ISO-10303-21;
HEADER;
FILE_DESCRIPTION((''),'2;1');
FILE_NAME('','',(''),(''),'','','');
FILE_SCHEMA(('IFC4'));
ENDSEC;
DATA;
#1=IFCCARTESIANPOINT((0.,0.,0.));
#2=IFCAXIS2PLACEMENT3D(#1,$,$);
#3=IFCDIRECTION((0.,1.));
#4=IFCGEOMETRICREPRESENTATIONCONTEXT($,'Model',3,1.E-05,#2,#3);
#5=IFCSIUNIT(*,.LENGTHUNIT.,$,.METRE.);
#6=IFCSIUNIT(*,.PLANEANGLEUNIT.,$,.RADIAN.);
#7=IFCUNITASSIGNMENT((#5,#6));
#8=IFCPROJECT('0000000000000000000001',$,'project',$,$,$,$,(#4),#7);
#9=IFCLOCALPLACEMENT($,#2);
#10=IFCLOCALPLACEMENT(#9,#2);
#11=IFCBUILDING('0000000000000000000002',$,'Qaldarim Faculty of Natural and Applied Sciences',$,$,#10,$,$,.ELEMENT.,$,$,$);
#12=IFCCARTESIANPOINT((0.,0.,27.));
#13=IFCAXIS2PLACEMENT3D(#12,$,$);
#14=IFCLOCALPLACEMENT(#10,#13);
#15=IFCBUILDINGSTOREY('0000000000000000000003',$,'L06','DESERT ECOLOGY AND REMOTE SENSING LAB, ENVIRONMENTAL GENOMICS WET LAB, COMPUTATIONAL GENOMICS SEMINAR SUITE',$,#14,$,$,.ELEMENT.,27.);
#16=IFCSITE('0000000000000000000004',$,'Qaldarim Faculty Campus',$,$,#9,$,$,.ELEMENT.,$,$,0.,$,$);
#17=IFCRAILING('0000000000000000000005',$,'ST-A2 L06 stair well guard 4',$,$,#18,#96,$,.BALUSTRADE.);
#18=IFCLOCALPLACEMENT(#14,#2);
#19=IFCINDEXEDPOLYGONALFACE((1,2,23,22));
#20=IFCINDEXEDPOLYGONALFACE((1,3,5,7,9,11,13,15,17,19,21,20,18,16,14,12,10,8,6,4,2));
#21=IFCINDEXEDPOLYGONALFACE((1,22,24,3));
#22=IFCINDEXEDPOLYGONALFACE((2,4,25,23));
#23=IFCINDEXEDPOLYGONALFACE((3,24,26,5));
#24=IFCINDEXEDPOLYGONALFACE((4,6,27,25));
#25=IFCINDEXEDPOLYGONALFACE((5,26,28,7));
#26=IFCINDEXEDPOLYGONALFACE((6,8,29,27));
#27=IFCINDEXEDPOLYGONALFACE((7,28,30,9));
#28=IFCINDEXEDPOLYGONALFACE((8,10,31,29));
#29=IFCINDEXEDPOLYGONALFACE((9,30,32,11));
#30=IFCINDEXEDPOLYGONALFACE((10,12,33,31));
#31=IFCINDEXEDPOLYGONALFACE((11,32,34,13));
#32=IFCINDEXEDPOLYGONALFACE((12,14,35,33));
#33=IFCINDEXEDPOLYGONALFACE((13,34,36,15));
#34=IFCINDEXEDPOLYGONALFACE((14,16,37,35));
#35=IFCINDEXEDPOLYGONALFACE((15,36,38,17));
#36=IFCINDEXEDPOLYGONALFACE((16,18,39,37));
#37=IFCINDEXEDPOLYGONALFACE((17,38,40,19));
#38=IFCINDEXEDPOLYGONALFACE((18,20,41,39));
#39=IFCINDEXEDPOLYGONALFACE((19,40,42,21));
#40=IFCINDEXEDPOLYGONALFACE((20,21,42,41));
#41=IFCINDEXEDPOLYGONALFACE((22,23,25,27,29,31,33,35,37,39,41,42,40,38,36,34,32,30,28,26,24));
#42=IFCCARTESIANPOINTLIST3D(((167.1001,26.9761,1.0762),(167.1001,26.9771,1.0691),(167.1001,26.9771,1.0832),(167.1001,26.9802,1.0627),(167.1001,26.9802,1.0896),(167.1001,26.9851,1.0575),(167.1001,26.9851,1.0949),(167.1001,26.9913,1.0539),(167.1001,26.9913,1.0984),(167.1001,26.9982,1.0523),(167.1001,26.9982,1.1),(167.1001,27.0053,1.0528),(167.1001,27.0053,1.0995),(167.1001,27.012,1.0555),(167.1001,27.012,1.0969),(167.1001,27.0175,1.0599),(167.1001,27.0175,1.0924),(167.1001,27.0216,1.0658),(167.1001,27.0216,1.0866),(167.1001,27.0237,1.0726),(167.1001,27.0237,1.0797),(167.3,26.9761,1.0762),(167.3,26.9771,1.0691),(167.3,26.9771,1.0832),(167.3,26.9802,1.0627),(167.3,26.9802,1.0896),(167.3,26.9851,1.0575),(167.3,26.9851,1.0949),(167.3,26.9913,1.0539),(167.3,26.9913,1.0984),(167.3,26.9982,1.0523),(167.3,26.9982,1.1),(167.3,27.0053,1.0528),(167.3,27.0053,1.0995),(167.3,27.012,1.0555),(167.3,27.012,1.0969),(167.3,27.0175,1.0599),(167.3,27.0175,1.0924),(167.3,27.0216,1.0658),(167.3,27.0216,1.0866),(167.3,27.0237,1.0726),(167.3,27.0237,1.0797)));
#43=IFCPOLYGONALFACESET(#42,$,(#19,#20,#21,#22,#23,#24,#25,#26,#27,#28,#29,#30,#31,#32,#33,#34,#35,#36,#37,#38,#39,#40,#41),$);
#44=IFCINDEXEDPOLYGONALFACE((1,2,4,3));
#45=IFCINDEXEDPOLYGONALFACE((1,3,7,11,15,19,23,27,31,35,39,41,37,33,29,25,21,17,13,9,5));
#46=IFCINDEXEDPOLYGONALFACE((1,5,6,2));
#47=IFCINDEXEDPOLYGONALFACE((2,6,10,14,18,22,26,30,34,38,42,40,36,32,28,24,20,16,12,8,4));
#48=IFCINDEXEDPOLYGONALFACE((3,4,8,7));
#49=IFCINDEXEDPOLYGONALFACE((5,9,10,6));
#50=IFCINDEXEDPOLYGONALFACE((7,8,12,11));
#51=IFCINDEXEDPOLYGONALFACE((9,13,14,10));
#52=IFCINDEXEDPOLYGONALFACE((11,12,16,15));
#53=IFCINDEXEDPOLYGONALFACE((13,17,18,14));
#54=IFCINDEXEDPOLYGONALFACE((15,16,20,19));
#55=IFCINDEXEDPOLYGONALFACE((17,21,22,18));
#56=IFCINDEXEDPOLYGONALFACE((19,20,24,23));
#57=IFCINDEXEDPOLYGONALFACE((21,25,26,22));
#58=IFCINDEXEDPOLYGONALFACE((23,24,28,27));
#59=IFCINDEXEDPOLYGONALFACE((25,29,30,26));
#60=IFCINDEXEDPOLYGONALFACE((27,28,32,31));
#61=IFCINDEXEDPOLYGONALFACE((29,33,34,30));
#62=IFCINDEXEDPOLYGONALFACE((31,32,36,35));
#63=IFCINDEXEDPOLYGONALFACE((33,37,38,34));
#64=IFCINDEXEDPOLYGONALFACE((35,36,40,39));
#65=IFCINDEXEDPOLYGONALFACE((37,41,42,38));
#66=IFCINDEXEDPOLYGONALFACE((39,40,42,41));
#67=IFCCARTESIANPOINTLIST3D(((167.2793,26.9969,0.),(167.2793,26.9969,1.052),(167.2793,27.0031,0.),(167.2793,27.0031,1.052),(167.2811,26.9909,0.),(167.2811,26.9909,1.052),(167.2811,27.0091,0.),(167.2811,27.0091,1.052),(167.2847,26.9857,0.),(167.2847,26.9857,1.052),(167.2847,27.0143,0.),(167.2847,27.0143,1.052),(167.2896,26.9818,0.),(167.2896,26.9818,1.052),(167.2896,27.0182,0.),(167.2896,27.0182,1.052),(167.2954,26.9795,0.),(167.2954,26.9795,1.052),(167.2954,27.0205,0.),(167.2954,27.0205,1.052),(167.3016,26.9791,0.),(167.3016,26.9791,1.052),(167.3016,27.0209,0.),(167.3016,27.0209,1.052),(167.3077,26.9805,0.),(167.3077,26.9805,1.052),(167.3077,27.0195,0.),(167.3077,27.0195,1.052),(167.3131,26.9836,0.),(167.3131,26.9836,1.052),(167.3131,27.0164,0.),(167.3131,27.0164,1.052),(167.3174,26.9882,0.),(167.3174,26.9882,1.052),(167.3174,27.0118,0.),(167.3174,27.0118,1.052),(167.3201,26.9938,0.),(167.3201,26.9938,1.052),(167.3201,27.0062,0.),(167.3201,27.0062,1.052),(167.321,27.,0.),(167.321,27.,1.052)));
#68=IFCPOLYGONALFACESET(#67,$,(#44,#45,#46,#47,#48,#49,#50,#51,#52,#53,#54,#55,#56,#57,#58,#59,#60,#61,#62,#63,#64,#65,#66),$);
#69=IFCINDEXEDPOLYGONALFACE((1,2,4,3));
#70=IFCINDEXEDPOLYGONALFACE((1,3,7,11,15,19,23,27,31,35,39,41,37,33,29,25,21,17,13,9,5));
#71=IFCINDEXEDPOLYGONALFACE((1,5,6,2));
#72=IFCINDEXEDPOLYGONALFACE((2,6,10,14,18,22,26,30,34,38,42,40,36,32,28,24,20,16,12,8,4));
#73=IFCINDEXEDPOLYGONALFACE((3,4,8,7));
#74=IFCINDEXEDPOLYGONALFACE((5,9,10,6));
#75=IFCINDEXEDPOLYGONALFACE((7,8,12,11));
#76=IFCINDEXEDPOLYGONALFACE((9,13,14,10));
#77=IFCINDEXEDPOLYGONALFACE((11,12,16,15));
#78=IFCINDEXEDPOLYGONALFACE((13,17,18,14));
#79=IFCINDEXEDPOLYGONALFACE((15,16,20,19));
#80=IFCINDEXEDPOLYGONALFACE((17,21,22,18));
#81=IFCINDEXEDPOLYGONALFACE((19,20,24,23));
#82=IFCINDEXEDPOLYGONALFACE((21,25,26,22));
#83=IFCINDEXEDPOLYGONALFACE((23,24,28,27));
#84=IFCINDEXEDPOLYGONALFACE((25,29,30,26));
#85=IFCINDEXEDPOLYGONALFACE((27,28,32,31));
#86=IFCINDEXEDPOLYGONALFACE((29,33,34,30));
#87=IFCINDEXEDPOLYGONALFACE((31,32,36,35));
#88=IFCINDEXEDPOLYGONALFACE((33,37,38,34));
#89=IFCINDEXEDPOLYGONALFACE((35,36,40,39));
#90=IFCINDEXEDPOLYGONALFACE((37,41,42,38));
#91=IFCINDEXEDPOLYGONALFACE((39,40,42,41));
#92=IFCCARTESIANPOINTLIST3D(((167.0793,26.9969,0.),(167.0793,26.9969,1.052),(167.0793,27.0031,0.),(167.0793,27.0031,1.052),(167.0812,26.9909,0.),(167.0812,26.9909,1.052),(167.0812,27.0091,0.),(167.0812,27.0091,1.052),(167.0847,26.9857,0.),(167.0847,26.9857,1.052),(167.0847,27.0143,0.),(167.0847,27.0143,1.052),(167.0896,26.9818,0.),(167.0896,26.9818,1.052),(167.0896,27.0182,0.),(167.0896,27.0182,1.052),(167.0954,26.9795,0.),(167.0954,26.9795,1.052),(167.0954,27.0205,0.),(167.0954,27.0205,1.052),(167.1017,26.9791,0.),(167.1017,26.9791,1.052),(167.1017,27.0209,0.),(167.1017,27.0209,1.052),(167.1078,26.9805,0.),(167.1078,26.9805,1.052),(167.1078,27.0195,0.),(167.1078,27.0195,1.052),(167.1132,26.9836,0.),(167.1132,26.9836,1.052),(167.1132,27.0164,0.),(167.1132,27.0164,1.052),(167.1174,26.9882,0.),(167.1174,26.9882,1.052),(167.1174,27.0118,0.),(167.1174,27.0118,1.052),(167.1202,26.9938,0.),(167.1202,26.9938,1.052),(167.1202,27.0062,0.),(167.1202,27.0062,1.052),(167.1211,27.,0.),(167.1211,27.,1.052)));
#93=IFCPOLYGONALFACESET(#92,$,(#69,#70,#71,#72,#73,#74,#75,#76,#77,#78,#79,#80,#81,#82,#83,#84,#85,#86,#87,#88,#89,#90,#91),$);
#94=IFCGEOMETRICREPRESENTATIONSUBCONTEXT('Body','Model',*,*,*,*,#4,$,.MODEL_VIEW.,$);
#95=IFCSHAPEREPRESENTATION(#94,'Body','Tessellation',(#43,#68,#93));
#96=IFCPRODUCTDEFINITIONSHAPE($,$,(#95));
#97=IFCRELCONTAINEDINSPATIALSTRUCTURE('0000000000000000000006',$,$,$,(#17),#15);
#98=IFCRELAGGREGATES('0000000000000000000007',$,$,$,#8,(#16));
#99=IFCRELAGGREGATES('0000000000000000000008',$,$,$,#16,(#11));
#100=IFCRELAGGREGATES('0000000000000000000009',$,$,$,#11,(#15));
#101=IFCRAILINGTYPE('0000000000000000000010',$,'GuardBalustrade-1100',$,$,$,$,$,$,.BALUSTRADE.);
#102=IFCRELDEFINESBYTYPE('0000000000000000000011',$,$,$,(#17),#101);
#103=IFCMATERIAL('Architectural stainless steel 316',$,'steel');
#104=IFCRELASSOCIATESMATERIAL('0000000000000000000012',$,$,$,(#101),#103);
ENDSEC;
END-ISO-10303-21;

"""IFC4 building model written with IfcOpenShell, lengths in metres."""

from ifc_helpers import new_model, si_unit, direction, frame, origin, origin_2d, place, context, subcontext, project, spatial, circle, extrude, material, type_object, element, save


model = new_model("IFC4")

# Units and contexts
model_context = context("Model", 3, precision=1e-05, world=origin(), true_north=direction((0.0, 1.0)))
body_context = subcontext(model_context, "Body", "Model", "MODEL_VIEW")
ifc_project = project(units=[si_unit("LENGTHUNIT", "METRE"), si_unit("PLANEANGLEUNIT", "RADIAN")], contexts=[model_context])

# Site, building, storey
site_placement = place(None, origin())
site = spatial("IfcSite", under=ifc_project, at=site_placement, Name="Qaldarim Faculty Campus", CompositionType="ELEMENT", RefElevation=0.0)
building_placement = place(site_placement, origin())
building = spatial("IfcBuilding", under=site, at=building_placement, Name="Qaldarim Faculty of Natural and Applied Sciences", CompositionType="ELEMENT")
storey_placement = place(building_placement, frame((0.0, 0.0, 27.0)))
storey = spatial("IfcBuildingStorey", under=building, at=storey_placement, Name="L06", Description="DESERT ECOLOGY AND REMOTE SENSING LAB, ENVIRONMENTAL GENOMICS WET LAB, COMPUTATIONAL GENOMICS SEMINAR SUITE", CompositionType="ELEMENT", Elevation=27.0)

# Shared definitions
ifc_material_1 = material(Name="Architectural stainless steel 316", Category="steel")

# Railing
railing_type_1 = type_object("IfcRailingType", Name="GuardBalustrade-1100", PredefinedType="BALUSTRADE", material=ifc_material_1)
railing_1_placement = place(storey_placement, frame((167.3, 27.0, 0.0)))
element("IfcRailing", 1, at=railing_1_placement, inside=storey, type_object=railing_type_1, Name="ST-A2 L06 stair well guard 4", PredefinedType="BALUSTRADE", context=body_context, shape_type="SweptSolid", body=[
    extrude(circle(Radius=0.0239, at=origin_2d()), frame((0.0, 0.0, 1.0762), z_axis=(-1.0, 0.0, 0.0), x_axis=(0.0, -1.0, 0.0)), (0.0, 0.0, 1.0), 0.2),
    extrude(circle(Radius=0.021, at=origin_2d()), origin(), (0.0, 0.0, 1.0), 1.052),
    extrude(circle(Radius=0.021, at=origin_2d()), frame((-0.2, 0.0, 0.0)), (0.0, 0.0, 1.0), 1.052),
])

save(model, "model.ifc")
